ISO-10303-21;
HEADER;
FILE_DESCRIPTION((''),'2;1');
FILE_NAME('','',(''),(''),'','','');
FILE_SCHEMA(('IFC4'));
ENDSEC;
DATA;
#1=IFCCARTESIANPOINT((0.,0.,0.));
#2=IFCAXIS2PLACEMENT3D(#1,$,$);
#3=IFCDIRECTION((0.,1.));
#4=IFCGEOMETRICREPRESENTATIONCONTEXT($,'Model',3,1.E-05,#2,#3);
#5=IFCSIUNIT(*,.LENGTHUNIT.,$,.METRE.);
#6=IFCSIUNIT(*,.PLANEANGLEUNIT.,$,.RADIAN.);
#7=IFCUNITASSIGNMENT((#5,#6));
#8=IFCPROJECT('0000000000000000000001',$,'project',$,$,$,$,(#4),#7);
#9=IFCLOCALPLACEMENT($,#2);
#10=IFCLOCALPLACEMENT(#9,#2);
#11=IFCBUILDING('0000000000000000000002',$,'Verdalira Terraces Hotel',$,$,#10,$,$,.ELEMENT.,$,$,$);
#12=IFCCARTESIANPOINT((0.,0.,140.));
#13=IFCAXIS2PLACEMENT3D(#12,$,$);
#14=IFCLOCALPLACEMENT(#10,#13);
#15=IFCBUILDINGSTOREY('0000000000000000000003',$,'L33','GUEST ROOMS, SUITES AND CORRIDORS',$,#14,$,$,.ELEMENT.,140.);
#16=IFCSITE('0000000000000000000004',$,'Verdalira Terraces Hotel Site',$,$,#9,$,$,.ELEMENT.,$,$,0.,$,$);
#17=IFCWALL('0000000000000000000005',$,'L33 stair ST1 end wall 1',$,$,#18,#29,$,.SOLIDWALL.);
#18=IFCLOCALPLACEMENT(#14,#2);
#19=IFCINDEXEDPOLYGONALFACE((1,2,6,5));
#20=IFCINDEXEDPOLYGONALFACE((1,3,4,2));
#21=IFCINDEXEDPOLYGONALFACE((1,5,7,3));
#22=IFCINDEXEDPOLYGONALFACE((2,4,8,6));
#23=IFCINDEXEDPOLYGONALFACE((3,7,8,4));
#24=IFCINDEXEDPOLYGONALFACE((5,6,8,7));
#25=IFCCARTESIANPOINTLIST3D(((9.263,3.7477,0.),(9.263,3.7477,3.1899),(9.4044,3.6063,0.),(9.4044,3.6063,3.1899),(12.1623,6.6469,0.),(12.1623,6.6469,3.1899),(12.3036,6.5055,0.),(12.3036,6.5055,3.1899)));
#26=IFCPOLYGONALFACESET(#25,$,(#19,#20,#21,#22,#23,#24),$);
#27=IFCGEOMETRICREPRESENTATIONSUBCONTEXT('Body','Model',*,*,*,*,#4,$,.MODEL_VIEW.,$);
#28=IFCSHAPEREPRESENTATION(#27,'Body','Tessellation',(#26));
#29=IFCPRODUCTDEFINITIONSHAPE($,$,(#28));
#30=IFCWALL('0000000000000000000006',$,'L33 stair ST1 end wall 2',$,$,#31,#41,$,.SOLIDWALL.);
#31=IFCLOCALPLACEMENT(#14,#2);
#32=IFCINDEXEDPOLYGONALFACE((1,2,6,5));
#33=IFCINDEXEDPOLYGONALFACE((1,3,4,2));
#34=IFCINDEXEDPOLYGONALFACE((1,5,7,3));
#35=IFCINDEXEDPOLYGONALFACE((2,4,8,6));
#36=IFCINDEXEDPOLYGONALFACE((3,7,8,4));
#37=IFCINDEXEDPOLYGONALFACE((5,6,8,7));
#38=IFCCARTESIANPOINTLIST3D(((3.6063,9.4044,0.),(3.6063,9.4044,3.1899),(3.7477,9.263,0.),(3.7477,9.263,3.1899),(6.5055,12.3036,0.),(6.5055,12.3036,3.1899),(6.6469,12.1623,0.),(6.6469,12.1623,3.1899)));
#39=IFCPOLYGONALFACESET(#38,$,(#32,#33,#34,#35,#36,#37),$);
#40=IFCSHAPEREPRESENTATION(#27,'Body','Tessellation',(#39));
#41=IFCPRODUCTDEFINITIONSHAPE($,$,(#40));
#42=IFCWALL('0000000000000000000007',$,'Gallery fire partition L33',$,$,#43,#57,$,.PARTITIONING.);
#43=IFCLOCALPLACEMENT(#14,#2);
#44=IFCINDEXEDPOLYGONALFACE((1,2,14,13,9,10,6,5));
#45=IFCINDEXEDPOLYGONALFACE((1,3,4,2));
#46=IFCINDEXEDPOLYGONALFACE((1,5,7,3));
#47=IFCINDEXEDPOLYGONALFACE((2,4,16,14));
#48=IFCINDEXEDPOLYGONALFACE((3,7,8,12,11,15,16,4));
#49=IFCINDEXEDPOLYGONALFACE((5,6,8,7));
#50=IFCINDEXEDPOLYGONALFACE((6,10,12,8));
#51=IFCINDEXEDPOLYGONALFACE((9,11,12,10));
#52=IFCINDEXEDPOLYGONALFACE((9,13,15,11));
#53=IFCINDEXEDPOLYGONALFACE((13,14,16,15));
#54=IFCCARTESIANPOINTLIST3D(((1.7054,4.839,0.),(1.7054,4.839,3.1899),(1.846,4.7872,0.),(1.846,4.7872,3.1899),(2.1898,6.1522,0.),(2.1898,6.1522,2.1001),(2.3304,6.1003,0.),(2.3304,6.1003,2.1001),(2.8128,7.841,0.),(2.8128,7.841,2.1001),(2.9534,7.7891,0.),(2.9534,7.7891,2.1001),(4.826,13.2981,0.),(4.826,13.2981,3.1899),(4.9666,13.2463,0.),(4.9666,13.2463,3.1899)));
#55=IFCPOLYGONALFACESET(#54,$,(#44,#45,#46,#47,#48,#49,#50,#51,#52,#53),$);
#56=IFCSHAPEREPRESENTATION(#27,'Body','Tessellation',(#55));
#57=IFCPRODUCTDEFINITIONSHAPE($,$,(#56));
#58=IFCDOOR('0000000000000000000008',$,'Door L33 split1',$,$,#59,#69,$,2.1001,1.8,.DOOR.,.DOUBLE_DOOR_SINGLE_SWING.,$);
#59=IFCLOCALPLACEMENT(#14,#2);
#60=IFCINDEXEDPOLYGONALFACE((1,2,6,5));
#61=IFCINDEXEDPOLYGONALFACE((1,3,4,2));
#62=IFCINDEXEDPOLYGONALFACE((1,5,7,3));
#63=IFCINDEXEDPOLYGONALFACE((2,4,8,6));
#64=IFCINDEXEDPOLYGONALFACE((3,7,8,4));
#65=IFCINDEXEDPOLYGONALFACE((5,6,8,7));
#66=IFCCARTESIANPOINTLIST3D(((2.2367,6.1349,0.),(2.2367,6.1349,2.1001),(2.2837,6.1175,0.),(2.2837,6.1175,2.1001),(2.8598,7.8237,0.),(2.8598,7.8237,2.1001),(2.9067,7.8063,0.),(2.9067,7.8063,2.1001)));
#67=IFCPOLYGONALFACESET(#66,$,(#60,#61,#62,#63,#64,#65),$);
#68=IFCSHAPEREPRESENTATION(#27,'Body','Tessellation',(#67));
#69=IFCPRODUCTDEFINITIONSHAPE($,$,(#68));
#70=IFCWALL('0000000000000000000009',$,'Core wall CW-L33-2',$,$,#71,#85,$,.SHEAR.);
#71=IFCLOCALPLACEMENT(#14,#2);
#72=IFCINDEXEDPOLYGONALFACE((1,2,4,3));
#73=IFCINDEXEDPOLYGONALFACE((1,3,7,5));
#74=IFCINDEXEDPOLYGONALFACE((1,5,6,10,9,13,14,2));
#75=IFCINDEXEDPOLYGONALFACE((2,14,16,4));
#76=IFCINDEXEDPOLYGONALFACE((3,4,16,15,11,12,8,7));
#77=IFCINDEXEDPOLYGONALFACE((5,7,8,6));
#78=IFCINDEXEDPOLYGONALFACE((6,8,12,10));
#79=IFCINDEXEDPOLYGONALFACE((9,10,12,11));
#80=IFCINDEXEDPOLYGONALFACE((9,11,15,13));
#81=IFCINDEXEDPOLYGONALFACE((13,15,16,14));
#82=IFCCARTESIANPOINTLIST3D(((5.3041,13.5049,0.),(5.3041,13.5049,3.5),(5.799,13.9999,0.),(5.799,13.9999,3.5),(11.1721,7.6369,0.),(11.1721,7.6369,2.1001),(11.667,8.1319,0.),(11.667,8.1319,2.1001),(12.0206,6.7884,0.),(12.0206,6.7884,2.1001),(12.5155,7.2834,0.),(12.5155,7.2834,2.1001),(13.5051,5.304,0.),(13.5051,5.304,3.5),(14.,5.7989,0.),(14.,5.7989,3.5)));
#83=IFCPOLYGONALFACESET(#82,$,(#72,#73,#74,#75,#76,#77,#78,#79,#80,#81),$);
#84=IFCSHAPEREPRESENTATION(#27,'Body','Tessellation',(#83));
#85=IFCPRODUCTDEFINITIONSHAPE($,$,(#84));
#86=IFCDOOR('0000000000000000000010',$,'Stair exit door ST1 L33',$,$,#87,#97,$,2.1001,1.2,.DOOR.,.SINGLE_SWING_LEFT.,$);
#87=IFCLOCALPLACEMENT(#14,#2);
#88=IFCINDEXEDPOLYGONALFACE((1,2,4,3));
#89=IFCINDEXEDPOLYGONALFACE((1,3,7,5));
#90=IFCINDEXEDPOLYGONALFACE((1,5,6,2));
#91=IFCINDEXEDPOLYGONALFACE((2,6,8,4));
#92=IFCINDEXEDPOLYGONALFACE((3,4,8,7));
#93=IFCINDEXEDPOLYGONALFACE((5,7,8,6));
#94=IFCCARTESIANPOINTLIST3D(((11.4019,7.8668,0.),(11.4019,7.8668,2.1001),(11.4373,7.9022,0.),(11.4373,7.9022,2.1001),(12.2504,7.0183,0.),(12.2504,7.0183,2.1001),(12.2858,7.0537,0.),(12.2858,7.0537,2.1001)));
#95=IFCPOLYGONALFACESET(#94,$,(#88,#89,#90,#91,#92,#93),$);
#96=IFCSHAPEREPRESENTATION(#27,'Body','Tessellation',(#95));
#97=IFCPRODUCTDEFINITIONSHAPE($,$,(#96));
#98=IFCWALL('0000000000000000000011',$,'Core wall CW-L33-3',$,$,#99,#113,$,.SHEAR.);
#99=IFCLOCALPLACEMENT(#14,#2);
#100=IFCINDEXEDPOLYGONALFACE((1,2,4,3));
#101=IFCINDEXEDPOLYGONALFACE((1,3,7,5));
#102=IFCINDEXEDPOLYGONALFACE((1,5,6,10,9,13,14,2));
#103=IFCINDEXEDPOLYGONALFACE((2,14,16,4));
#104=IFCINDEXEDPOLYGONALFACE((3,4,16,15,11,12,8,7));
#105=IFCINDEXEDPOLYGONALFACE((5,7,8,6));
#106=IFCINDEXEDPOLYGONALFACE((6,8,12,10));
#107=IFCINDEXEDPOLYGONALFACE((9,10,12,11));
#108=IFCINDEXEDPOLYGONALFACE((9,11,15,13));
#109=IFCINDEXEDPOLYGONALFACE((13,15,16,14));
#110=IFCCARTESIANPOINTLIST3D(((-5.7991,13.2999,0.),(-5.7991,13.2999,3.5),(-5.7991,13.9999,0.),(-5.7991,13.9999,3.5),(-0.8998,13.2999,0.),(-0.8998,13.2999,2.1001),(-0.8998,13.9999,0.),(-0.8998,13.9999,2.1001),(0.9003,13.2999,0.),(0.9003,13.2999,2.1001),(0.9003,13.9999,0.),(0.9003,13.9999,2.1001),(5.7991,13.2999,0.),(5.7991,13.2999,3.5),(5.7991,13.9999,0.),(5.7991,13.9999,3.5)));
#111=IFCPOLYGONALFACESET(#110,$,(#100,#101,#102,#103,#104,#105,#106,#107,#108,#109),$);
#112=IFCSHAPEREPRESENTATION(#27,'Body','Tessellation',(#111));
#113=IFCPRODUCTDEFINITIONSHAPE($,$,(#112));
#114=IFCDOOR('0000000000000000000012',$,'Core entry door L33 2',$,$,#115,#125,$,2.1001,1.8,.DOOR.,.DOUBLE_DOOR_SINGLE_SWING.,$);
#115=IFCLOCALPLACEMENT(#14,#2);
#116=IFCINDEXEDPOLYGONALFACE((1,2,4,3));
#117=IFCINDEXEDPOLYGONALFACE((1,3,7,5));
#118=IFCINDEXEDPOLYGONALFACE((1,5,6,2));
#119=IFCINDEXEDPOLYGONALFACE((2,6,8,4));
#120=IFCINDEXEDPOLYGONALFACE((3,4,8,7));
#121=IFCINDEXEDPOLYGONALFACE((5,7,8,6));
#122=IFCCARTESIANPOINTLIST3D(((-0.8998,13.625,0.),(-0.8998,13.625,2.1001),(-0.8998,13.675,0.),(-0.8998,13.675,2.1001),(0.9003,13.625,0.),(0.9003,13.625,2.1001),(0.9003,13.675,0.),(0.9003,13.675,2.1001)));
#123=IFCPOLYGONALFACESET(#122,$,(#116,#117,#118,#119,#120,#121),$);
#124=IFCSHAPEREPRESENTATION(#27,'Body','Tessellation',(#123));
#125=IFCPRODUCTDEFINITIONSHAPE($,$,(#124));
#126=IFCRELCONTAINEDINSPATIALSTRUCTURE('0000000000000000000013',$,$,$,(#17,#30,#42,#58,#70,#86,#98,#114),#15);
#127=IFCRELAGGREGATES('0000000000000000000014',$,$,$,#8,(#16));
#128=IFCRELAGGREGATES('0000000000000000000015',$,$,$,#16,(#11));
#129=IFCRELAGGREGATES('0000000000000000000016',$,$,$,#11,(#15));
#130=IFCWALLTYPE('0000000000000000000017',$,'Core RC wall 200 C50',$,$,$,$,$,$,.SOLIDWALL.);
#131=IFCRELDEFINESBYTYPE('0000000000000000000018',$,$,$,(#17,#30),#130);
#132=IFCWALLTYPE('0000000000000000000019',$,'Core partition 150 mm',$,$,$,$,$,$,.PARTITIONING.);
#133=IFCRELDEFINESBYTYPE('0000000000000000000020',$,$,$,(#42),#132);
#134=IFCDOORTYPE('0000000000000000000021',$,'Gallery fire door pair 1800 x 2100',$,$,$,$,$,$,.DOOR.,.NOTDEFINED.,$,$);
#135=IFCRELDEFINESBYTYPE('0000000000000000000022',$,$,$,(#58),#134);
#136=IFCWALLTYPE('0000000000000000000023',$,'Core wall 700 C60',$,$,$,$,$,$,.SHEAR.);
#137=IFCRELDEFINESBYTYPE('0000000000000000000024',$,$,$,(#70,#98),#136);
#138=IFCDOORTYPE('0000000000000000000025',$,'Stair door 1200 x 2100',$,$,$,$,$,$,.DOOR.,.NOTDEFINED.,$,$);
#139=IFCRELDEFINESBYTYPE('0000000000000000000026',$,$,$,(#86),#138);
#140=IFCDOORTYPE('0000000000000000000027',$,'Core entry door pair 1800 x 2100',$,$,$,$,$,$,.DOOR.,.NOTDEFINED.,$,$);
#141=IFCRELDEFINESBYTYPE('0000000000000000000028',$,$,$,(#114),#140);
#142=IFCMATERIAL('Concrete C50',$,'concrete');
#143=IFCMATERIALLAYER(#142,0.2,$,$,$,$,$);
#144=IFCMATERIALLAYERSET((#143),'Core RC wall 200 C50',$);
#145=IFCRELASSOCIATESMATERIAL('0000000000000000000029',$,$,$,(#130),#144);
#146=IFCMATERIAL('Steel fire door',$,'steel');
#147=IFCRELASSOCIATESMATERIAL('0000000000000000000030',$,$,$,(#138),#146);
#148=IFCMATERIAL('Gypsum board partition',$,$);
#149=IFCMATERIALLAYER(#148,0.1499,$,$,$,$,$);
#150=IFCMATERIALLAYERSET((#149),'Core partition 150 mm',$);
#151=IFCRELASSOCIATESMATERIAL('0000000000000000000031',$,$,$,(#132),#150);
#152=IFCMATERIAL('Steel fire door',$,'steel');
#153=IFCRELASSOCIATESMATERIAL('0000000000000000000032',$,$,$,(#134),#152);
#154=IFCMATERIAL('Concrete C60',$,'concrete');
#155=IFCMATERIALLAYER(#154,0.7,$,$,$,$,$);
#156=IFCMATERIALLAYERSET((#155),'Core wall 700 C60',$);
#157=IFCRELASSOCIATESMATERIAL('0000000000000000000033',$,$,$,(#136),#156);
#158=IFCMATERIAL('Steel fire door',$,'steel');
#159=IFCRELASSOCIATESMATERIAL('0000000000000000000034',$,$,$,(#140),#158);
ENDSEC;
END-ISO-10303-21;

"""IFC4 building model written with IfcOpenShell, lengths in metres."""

from ifc_helpers import new_model, si_unit, direction, frame, frame_2d, origin, place, context, subcontext, project, spatial, rectangle, extrude, material, layer, layer_set, type_object, element, fill, save


model = new_model("IFC4")

# Units and contexts
model_context = context("Model", 3, precision=1e-05, world=origin(), true_north=direction((0.0, 1.0)))
body_context = subcontext(model_context, "Body", "Model", "MODEL_VIEW")
ifc_project = project(units=[si_unit("LENGTHUNIT", "METRE"), si_unit("PLANEANGLEUNIT", "RADIAN")], contexts=[model_context])

# Site, building, storey
site_placement = place(None, origin())
site = spatial("IfcSite", under=ifc_project, at=site_placement, Name="Verdalira Terraces Hotel Site", CompositionType="ELEMENT", RefElevation=0.0)
building_placement = place(site_placement, origin())
building = spatial("IfcBuilding", under=site, at=building_placement, Name="Verdalira Terraces Hotel", CompositionType="ELEMENT")
storey_placement = place(building_placement, frame((0.0, 0.0, 140.0)))
storey = spatial("IfcBuildingStorey", under=building, at=storey_placement, Name="L33", Description="GUEST ROOMS, SUITES AND CORRIDORS", CompositionType="ELEMENT", Elevation=140.0)

# Shared definitions
ifc_material_1 = material(Name="Concrete C50", Category="concrete")
ifc_layer_1 = layer(ifc_material_1, 0.2)
ifc_layer_set_1 = layer_set([ifc_layer_1], Name="Core RC wall 200 C50")
wall_type_1 = type_object("IfcWallType", Name="Core RC wall 200 C50", PredefinedType="SOLIDWALL", material=ifc_layer_set_1)

# Shared definitions
ifc_material_2 = material(Name="Steel fire door", Category="steel")
door_type_1 = type_object("IfcDoorType", Name="Stair door 1200 x 2100", OperationType="NOTDEFINED", PredefinedType="DOOR", material=ifc_material_2)

# Walls
for number, where, z_axis, x_axis, name in (
    (1, (9.3337, 3.677, 0.0), (0.0, 0.0, 1.0), (0.707107, 0.707107, 0.0), "L33 stair ST1 end wall 1"),
    (2, (3.677, 9.3337, 0.0), (0.0, 0.0, 1.0), (0.707107, 0.707107, 0.0), "L33 stair ST1 end wall 2"),
):
    element("IfcWall", number, at=place(storey_placement, frame(where, z_axis=z_axis, x_axis=x_axis)), inside=storey, type_object=wall_type_1, Name=name, PredefinedType="SOLIDWALL", context=body_context, shape_type="SweptSolid", body=[
        extrude(rectangle(XDim=4.1001, YDim=0.2, at=frame_2d((2.05, 0.0))), origin(), (0.0, 0.0, 1.0), 3.1899),
    ])

# Walls, openings, doors
ifc_material_3 = material(Name="Gypsum board partition")
ifc_layer_2 = layer(ifc_material_3, 0.1499)
ifc_layer_set_2 = layer_set([ifc_layer_2], Name="Core partition 150 mm")
wall_type_2 = type_object("IfcWallType", Name="Core partition 150 mm", PredefinedType="PARTITIONING", material=ifc_layer_set_2)
wall_1_placement = place(storey_placement, frame((1.7756, 4.813, 0.0), z_axis=(0.0, 0.0, 1.0), x_axis=(0.346109, 0.938194, 0.0)))
wall_1 = element("IfcWall", 3, at=wall_1_placement, inside=storey, type_object=wall_type_2, Name="Gallery fire partition L33", PredefinedType="PARTITIONING", context=body_context, shape_type="SweptSolid", body=[
    extrude(rectangle(XDim=9.0164, YDim=0.1499, at=frame_2d((4.5083, 0.0))), origin(), (0.0, 0.0, 1.0), 3.1899),
])
opening_1_placement = place(wall_1_placement, frame((1.3999, 0.0, 0.0)))
opening_1 = element("IfcOpeningElement", 4, at=opening_1_placement, cuts=wall_1, PredefinedType="OPENING", context=body_context, shape_type="SweptSolid", body=[
    extrude(rectangle(XDim=1.8, YDim=2.1001, at=frame_2d((0.8999, 1.05))), frame((0.0, 0.085, 0.0), z_axis=(0.0, -1.0, 0.0), x_axis=(1.0, 0.0, 0.0)), (0.0, 0.0, 1.0), 0.1699),
])
ifc_material_4 = material(Name="Steel fire door", Category="steel")
door_type_2 = type_object("IfcDoorType", Name="Gallery fire door pair 1800 x 2100", OperationType="NOTDEFINED", PredefinedType="DOOR", material=ifc_material_4)
door_1_placement = place(opening_1_placement, origin())
door_1 = element("IfcDoor", 5, at=door_1_placement, inside=storey, type_object=door_type_2, Name="Door L33 split1", OperationType="DOUBLE_DOOR_SINGLE_SWING", OverallHeight=2.1001, OverallWidth=1.8, PredefinedType="DOOR", context=body_context, shape_type="SweptSolid", body=[
    extrude(rectangle(XDim=1.8, YDim=2.1001, at=frame_2d((0.8999, 1.05))), frame((0.0, 0.0249, 0.0), z_axis=(0.0, -1.0, 0.0), x_axis=(1.0, 0.0, 0.0)), (0.0, 0.0, 1.0), 0.05),
])
fill(opening_1, door_1)
ifc_material_5 = material(Name="Concrete C60", Category="concrete")
ifc_layer_3 = layer(ifc_material_5, 0.7)
ifc_layer_set_3 = layer_set([ifc_layer_3], Name="Core wall 700 C60")
wall_type_3 = type_object("IfcWallType", Name="Core wall 700 C60", PredefinedType="SHEAR", material=ifc_layer_set_3)
wall_2_placement = place(storey_placement, frame((13.7524, 5.5515, 0.0), z_axis=(0.0, 0.0, 1.0), x_axis=(-0.707107, 0.707107, 0.0)))
wall_2 = element("IfcWall", 6, at=wall_2_placement, inside=storey, type_object=wall_type_3, Name="Core wall CW-L33-2", PredefinedType="SHEAR", context=body_context, shape_type="SweptSolid", body=[
    extrude(rectangle(XDim=11.5979, YDim=0.7, at=frame_2d((5.7988, 0.0))), origin(), (0.0, 0.0, 1.0), 3.5),
])
opening_2_placement = place(wall_2_placement, frame((2.0991, 0.0, 0.0)))
opening_2 = element("IfcOpeningElement", 7, at=opening_2_placement, cuts=wall_2, PredefinedType="OPENING", context=body_context, shape_type="SweptSolid", body=[
    extrude(rectangle(XDim=1.2, YDim=2.1001, at=frame_2d((0.6001, 1.05))), frame((0.0, 0.3599, 0.0), z_axis=(0.0, -1.0, 0.0), x_axis=(1.0, 0.0, 0.0)), (0.0, 0.0, 1.0), 0.72),
])
door_2_placement = place(opening_2_placement, origin())
door_2 = element("IfcDoor", 8, at=door_2_placement, inside=storey, type_object=door_type_1, Name="Stair exit door ST1 L33", OperationType="SINGLE_SWING_LEFT", OverallHeight=2.1001, OverallWidth=1.2, PredefinedType="DOOR", context=body_context, shape_type="SweptSolid", body=[
    extrude(rectangle(XDim=1.2, YDim=2.1001, at=frame_2d((0.6001, 1.05))), frame((0.0, 0.0249, 0.0), z_axis=(0.0, -1.0, 0.0), x_axis=(1.0, 0.0, 0.0)), (0.0, 0.0, 1.0), 0.05),
])
fill(opening_2, door_2)
wall_3_placement = place(storey_placement, frame((5.7991, 13.6499, 0.0), z_axis=(0.0, 0.0, 1.0), x_axis=(-1.0, 0.0, 0.0)))
wall_3 = element("IfcWall", 9, at=wall_3_placement, inside=storey, type_object=wall_type_3, Name="Core wall CW-L33-3", PredefinedType="SHEAR", context=body_context, shape_type="SweptSolid", body=[
    extrude(rectangle(XDim=11.5981, YDim=0.7, at=frame_2d((5.7991, 0.0))), origin(), (0.0, 0.0, 1.0), 3.5),
])
opening_3_placement = place(wall_3_placement, frame((4.8989, 0.0, 0.0)))
opening_3 = element("IfcOpeningElement", 10, at=opening_3_placement, cuts=wall_3, PredefinedType="OPENING", context=body_context, shape_type="SweptSolid", body=[
    extrude(rectangle(XDim=1.8, YDim=2.1001, at=frame_2d((0.8999, 1.05))), frame((0.0, 0.3599, 0.0), z_axis=(0.0, -1.0, 0.0), x_axis=(1.0, 0.0, 0.0)), (0.0, 0.0, 1.0), 0.72),
])
ifc_material_6 = material(Name="Steel fire door", Category="steel")
door_type_3 = type_object("IfcDoorType", Name="Core entry door pair 1800 x 2100", OperationType="NOTDEFINED", PredefinedType="DOOR", material=ifc_material_6)
door_3_placement = place(opening_3_placement, origin())
door_3 = element("IfcDoor", 11, at=door_3_placement, inside=storey, type_object=door_type_3, Name="Core entry door L33 2", OperationType="DOUBLE_DOOR_SINGLE_SWING", OverallHeight=2.1001, OverallWidth=1.8, PredefinedType="DOOR", context=body_context, shape_type="SweptSolid", body=[
    extrude(rectangle(XDim=1.8, YDim=2.1001, at=frame_2d((0.8999, 1.05))), frame((0.0, 0.0249, 0.0), z_axis=(0.0, -1.0, 0.0), x_axis=(1.0, 0.0, 0.0)), (0.0, 0.0, 1.0), 0.05),
])
fill(opening_3, door_3)

save(model, "model.ifc")
